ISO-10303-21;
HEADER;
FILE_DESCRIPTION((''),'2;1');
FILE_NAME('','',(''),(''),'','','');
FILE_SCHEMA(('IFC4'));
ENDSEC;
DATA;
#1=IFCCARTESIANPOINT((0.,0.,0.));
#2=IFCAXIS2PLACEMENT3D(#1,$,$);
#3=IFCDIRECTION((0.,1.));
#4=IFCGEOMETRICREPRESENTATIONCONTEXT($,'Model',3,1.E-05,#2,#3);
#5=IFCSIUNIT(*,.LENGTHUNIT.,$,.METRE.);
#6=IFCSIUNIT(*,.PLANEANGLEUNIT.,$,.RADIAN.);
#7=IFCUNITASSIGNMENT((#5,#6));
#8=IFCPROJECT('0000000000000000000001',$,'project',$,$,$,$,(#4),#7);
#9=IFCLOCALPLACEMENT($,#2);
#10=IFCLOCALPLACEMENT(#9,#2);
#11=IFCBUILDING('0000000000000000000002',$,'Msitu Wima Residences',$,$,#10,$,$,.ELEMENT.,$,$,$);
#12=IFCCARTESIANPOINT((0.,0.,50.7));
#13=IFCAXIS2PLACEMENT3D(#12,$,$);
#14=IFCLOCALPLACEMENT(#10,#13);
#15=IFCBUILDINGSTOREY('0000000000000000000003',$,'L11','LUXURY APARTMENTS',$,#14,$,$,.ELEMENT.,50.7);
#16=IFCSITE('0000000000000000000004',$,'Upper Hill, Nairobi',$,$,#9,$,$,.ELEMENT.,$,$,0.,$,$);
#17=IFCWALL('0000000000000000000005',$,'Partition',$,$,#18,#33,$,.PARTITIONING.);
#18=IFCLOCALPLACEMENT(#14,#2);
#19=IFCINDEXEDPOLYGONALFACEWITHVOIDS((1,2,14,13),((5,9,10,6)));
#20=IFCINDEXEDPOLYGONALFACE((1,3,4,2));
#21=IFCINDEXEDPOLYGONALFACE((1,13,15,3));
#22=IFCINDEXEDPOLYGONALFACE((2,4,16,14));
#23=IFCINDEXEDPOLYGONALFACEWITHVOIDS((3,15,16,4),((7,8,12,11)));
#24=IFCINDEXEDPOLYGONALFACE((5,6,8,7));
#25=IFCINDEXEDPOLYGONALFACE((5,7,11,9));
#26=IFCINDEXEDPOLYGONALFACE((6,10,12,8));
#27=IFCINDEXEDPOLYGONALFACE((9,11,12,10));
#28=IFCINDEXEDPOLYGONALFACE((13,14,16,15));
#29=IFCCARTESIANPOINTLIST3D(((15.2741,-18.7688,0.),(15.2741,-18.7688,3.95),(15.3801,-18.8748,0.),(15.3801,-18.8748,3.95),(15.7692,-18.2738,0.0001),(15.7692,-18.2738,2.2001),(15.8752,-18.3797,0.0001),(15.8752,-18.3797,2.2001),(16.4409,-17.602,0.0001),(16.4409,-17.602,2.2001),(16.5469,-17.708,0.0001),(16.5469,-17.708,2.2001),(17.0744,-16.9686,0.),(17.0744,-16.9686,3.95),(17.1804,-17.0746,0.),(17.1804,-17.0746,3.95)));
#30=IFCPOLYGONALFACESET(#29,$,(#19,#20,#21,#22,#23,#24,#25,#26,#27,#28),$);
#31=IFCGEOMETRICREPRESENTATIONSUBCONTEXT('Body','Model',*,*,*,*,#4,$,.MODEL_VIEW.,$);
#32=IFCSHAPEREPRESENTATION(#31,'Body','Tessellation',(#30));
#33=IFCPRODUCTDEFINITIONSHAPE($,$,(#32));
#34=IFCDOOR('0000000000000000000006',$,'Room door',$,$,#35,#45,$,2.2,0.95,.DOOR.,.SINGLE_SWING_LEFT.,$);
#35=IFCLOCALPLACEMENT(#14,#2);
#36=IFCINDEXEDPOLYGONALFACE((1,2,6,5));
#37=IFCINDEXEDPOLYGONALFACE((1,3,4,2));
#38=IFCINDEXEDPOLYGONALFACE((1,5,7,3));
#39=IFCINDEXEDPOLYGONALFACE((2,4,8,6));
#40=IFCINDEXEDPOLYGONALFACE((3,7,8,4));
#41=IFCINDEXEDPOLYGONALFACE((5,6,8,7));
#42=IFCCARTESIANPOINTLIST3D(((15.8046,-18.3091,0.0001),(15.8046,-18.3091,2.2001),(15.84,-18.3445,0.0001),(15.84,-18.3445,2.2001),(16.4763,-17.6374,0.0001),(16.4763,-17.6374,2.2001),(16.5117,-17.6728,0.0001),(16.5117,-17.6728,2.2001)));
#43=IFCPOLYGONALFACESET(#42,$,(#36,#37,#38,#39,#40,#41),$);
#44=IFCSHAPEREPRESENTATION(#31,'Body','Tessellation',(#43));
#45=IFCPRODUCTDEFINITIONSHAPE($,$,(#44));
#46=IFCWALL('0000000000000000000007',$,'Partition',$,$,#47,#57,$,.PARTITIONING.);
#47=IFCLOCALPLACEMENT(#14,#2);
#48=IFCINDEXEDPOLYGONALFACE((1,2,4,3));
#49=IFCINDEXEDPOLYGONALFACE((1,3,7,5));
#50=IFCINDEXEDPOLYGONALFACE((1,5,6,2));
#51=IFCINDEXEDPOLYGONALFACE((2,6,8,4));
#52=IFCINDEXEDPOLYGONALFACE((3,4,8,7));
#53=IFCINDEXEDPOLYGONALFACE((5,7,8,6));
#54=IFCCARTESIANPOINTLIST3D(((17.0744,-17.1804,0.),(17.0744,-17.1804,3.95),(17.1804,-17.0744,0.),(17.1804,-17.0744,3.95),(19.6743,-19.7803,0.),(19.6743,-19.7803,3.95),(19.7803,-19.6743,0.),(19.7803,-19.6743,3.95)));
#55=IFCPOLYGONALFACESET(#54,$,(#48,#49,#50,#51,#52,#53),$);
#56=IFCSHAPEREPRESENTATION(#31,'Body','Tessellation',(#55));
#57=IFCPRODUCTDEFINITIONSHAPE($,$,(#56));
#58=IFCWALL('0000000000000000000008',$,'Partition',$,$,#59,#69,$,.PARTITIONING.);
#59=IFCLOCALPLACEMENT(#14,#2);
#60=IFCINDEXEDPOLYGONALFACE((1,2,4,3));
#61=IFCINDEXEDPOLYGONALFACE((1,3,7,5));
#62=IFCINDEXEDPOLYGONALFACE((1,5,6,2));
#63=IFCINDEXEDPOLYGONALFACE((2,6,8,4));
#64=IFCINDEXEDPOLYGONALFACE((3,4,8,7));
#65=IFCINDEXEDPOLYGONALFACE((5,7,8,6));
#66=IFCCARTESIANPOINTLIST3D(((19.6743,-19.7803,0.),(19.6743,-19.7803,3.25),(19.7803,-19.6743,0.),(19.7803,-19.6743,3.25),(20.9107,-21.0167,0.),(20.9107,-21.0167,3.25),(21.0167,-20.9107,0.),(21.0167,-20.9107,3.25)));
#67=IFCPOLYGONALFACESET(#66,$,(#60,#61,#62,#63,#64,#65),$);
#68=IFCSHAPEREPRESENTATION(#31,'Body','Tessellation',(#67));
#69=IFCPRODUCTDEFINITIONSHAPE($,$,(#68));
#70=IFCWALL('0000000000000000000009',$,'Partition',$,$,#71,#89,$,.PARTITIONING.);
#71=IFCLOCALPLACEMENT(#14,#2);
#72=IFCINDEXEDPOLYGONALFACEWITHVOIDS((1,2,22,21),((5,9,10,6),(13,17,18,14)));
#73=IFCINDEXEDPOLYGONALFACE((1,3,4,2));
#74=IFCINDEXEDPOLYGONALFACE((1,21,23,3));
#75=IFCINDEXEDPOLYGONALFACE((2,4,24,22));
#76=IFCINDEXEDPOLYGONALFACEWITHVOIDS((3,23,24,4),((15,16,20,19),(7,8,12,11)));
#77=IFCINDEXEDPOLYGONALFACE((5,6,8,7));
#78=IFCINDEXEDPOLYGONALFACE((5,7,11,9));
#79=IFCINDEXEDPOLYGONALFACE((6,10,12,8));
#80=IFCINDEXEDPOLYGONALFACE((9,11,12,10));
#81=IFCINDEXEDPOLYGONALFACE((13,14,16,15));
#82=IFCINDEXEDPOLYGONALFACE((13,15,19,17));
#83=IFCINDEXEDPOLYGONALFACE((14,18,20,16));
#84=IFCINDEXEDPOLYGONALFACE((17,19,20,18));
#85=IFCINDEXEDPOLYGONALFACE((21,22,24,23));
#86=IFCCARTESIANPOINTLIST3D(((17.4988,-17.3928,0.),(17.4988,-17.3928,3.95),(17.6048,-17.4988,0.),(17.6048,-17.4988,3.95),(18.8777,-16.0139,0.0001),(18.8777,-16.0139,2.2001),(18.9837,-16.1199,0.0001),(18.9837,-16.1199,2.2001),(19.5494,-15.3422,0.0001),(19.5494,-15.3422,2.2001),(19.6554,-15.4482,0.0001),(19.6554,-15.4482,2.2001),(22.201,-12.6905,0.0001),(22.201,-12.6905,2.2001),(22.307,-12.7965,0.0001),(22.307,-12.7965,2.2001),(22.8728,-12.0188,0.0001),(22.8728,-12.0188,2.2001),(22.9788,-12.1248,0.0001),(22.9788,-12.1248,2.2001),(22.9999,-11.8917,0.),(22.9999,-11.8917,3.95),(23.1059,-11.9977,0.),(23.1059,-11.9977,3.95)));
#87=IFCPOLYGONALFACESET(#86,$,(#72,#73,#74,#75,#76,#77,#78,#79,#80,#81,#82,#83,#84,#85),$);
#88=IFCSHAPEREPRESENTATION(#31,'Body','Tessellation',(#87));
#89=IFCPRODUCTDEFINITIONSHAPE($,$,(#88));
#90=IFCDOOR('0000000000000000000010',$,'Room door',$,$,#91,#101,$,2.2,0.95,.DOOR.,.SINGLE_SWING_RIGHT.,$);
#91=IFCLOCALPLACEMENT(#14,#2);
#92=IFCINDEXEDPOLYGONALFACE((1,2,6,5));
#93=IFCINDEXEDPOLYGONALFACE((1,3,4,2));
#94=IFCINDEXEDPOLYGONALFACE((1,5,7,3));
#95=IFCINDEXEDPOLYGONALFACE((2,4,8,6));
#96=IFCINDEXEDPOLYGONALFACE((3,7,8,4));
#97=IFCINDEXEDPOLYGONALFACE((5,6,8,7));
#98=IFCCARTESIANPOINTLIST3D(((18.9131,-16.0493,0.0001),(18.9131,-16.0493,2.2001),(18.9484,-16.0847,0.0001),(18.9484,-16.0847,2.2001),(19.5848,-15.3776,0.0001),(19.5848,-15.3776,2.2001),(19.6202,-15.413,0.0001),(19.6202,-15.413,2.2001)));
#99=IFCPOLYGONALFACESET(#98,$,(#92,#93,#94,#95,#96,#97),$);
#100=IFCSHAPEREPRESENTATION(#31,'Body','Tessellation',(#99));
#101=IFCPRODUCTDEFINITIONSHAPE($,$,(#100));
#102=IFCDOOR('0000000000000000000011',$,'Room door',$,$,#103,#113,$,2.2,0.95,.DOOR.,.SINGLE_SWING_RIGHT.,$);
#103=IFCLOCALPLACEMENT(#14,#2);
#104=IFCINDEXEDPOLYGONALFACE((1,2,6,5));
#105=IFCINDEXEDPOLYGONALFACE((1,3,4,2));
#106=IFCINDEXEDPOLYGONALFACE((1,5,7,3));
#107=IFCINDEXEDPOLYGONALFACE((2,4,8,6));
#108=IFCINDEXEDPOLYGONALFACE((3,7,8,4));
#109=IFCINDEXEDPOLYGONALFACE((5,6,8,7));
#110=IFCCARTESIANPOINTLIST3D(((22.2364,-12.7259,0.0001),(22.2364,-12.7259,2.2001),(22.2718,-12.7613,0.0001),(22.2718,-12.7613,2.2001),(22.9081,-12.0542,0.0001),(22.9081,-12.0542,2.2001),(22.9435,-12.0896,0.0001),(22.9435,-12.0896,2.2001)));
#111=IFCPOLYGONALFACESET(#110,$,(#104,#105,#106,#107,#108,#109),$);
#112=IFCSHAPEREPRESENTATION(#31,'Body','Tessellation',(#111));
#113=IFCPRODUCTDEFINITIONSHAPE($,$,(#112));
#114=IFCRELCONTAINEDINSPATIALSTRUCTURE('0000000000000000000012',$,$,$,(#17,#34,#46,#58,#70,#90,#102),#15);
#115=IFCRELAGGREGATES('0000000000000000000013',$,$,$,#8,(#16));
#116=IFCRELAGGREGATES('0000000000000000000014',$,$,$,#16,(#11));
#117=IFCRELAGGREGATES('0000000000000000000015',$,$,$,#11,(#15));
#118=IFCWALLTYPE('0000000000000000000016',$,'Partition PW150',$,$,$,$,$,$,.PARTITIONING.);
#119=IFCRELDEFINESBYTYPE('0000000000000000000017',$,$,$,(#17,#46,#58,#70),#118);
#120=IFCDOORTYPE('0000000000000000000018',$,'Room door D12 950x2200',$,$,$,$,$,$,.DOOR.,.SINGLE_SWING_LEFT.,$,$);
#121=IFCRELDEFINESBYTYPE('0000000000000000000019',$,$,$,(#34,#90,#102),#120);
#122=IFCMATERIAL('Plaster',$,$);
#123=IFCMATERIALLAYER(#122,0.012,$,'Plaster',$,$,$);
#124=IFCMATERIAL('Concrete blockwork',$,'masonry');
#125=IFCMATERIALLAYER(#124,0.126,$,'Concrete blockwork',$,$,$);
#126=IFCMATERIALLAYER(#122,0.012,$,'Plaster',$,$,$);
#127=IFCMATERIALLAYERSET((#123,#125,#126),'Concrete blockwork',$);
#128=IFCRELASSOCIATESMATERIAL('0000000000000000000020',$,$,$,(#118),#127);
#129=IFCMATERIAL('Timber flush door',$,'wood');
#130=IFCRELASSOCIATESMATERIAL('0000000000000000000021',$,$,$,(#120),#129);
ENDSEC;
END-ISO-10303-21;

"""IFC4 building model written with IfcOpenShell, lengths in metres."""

from ifc_helpers import new_model, si_unit, direction, frame, frame_2d, origin, place, context, subcontext, project, spatial, rectangle, extrude, material, layer, layer_set, type_object, element, fill, save


model = new_model("IFC4")

# Units and contexts
model_context = context("Model", 3, precision=1e-05, world=origin(), true_north=direction((0.0, 1.0)))
body_context = subcontext(model_context, "Body", "Model", "MODEL_VIEW")
ifc_project = project(units=[si_unit("LENGTHUNIT", "METRE"), si_unit("PLANEANGLEUNIT", "RADIAN")], contexts=[model_context])

# Site, building, storey
site_placement = place(None, origin())
site = spatial("IfcSite", under=ifc_project, at=site_placement, Name="Upper Hill, Nairobi", CompositionType="ELEMENT", RefElevation=0.0)
building_placement = place(site_placement, origin())
building = spatial("IfcBuilding", under=site, at=building_placement, Name="Msitu Wima Residences", CompositionType="ELEMENT")
storey_placement = place(building_placement, frame((0.0, 0.0, 50.7)))
storey = spatial("IfcBuildingStorey", under=building, at=storey_placement, Name="L11", Description="LUXURY APARTMENTS", CompositionType="ELEMENT", Elevation=50.7)

# Wall, opening, door
ifc_material_1 = material(Name="Plaster")
ifc_material_2 = material(Name="Concrete blockwork", Category="masonry")
ifc_layer_1 = layer(ifc_material_1, 0.012, Name="Plaster")
ifc_layer_2 = layer(ifc_material_2, 0.126, Name="Concrete blockwork")
ifc_layer_3 = layer(ifc_material_1, 0.012, Name="Plaster")
ifc_layer_set_1 = layer_set([ifc_layer_1, ifc_layer_2, ifc_layer_3], Name="Concrete blockwork")
wall_type_1 = type_object("IfcWallType", Name="Partition PW150", PredefinedType="PARTITIONING", material=ifc_layer_set_1)
wall_1_placement = place(storey_placement, frame((15.3271, -18.8218, 0.0), z_axis=(0.0, 0.0, 1.0), x_axis=(0.707107, 0.707107, 0.0)))
wall_1 = element("IfcWall", 1, at=wall_1_placement, inside=storey, type_object=wall_type_1, Name="Partition", PredefinedType="PARTITIONING", context=body_context, shape_type="SweptSolid", body=[
    extrude(rectangle(XDim=2.5459, YDim=0.1499, at=frame_2d((1.2729, 0.0))), origin(), (0.0, 0.0, 1.0), 3.95),
])
opening_1_placement = place(wall_1_placement, frame((0.7, 0.0, 0.0)))
opening_1 = element("IfcOpeningElement", 2, at=opening_1_placement, cuts=wall_1, PredefinedType="OPENING", context=body_context, shape_type="SweptSolid", body=[
    extrude(rectangle(XDim=0.95, YDim=2.2, at=frame_2d((0.4751, 1.1001))), frame((0.0, 0.085, 0.0), z_axis=(0.0, -1.0, 0.0), x_axis=(1.0, 0.0, 0.0)), (0.0, 0.0, 1.0), 0.1699),
])
ifc_material_3 = material(Name="Timber flush door", Category="wood")
door_type_1 = type_object("IfcDoorType", Name="Room door D12 950x2200", OperationType="SINGLE_SWING_LEFT", PredefinedType="DOOR", material=ifc_material_3)
door_1_placement = place(opening_1_placement, origin())
door_1 = element("IfcDoor", 3, at=door_1_placement, inside=storey, type_object=door_type_1, Name="Room door", OperationType="SINGLE_SWING_LEFT", OverallHeight=2.2, OverallWidth=0.95, PredefinedType="DOOR", context=body_context, shape_type="SweptSolid", body=[
    extrude(rectangle(XDim=0.95, YDim=2.2, at=frame_2d((0.4751, 1.1001))), frame((0.0, 0.0249, 0.0), z_axis=(0.0, -1.0, 0.0), x_axis=(1.0, 0.0, 0.0)), (0.0, 0.0, 1.0), 0.05),
])
fill(opening_1, door_1)

# Walls
wall_2_placement = place(storey_placement, frame((17.1274, -17.1274, 0.0), z_axis=(0.0, 0.0, 1.0), x_axis=(0.707107, -0.707107, 0.0)))
element("IfcWall", 4, at=wall_2_placement, inside=storey, type_object=wall_type_1, Name="Partition", PredefinedType="PARTITIONING", context=body_context, shape_type="SweptSolid", body=[
    extrude(rectangle(XDim=3.6768, YDim=0.1499, at=frame_2d((1.8384, 0.0))), origin(), (0.0, 0.0, 1.0), 3.95),
])
wall_3_placement = place(storey_placement, frame((19.7273, -19.7273, 0.0), z_axis=(0.0, 0.0, 1.0), x_axis=(0.707107, -0.707107, 0.0)))
element("IfcWall", 5, at=wall_3_placement, inside=storey, type_object=wall_type_1, Name="Partition", PredefinedType="PARTITIONING", context=body_context, shape_type="SweptSolid", body=[
    extrude(rectangle(XDim=1.7485, YDim=0.1499, at=frame_2d((0.8743, 0.0))), origin(), (0.0, 0.0, 1.0), 3.25),
])

# Wall, openings, doors
wall_4_placement = place(storey_placement, frame((17.5518, -17.4458, 0.0), z_axis=(0.0, 0.0, 1.0), x_axis=(0.707107, 0.707107, 0.0)))
wall_4 = element("IfcWall", 6, at=wall_4_placement, inside=storey, type_object=wall_type_1, Name="Partition", PredefinedType="PARTITIONING", context=body_context, shape_type="SweptSolid", body=[
    extrude(rectangle(XDim=7.7798, YDim=0.1499, at=frame_2d((3.8899, 0.0))), origin(), (0.0, 0.0, 1.0), 3.95),
])
opening_2_placement = place(wall_4_placement, frame((1.95, 0.0, 0.0)))
opening_2 = element("IfcOpeningElement", 7, at=opening_2_placement, cuts=wall_4, PredefinedType="OPENING", context=body_context, shape_type="SweptSolid", body=[
    extrude(rectangle(XDim=0.95, YDim=2.2, at=frame_2d((0.4751, 1.1001))), frame((0.0, 0.085, 0.0), z_axis=(0.0, -1.0, 0.0), x_axis=(1.0, 0.0, 0.0)), (0.0, 0.0, 1.0), 0.1699),
])
opening_3_placement = place(wall_4_placement, frame((6.6499, 0.0, 0.0)))
opening_3 = element("IfcOpeningElement", 8, at=opening_3_placement, cuts=wall_4, PredefinedType="OPENING", context=body_context, shape_type="SweptSolid", body=[
    extrude(rectangle(XDim=0.95, YDim=2.2, at=frame_2d((0.4751, 1.1001))), frame((0.0, 0.085, 0.0), z_axis=(0.0, -1.0, 0.0), x_axis=(1.0, 0.0, 0.0)), (0.0, 0.0, 1.0), 0.1699),
])
door_2_placement = place(opening_2_placement, origin())
door_2 = element("IfcDoor", 9, at=door_2_placement, inside=storey, type_object=door_type_1, Name="Room door", OperationType="SINGLE_SWING_RIGHT", OverallHeight=2.2, OverallWidth=0.95, PredefinedType="DOOR", context=body_context, shape_type="SweptSolid", body=[
    extrude(rectangle(XDim=0.95, YDim=2.2, at=frame_2d((0.4751, 1.1001))), frame((0.0, 0.0249, 0.0), z_axis=(0.0, -1.0, 0.0), x_axis=(1.0, 0.0, 0.0)), (0.0, 0.0, 1.0), 0.05),
])
fill(opening_2, door_2)
door_3_placement = place(opening_3_placement, origin())
door_3 = element("IfcDoor", 10, at=door_3_placement, inside=storey, type_object=door_type_1, Name="Room door", OperationType="SINGLE_SWING_RIGHT", OverallHeight=2.2, OverallWidth=0.95, PredefinedType="DOOR", context=body_context, shape_type="SweptSolid", body=[
    extrude(rectangle(XDim=0.95, YDim=2.2, at=frame_2d((0.4751, 1.1001))), frame((0.0, 0.0249, 0.0), z_axis=(0.0, -1.0, 0.0), x_axis=(1.0, 0.0, 0.0)), (0.0, 0.0, 1.0), 0.05),
])
fill(opening_3, door_3)

save(model, "model.ifc")
